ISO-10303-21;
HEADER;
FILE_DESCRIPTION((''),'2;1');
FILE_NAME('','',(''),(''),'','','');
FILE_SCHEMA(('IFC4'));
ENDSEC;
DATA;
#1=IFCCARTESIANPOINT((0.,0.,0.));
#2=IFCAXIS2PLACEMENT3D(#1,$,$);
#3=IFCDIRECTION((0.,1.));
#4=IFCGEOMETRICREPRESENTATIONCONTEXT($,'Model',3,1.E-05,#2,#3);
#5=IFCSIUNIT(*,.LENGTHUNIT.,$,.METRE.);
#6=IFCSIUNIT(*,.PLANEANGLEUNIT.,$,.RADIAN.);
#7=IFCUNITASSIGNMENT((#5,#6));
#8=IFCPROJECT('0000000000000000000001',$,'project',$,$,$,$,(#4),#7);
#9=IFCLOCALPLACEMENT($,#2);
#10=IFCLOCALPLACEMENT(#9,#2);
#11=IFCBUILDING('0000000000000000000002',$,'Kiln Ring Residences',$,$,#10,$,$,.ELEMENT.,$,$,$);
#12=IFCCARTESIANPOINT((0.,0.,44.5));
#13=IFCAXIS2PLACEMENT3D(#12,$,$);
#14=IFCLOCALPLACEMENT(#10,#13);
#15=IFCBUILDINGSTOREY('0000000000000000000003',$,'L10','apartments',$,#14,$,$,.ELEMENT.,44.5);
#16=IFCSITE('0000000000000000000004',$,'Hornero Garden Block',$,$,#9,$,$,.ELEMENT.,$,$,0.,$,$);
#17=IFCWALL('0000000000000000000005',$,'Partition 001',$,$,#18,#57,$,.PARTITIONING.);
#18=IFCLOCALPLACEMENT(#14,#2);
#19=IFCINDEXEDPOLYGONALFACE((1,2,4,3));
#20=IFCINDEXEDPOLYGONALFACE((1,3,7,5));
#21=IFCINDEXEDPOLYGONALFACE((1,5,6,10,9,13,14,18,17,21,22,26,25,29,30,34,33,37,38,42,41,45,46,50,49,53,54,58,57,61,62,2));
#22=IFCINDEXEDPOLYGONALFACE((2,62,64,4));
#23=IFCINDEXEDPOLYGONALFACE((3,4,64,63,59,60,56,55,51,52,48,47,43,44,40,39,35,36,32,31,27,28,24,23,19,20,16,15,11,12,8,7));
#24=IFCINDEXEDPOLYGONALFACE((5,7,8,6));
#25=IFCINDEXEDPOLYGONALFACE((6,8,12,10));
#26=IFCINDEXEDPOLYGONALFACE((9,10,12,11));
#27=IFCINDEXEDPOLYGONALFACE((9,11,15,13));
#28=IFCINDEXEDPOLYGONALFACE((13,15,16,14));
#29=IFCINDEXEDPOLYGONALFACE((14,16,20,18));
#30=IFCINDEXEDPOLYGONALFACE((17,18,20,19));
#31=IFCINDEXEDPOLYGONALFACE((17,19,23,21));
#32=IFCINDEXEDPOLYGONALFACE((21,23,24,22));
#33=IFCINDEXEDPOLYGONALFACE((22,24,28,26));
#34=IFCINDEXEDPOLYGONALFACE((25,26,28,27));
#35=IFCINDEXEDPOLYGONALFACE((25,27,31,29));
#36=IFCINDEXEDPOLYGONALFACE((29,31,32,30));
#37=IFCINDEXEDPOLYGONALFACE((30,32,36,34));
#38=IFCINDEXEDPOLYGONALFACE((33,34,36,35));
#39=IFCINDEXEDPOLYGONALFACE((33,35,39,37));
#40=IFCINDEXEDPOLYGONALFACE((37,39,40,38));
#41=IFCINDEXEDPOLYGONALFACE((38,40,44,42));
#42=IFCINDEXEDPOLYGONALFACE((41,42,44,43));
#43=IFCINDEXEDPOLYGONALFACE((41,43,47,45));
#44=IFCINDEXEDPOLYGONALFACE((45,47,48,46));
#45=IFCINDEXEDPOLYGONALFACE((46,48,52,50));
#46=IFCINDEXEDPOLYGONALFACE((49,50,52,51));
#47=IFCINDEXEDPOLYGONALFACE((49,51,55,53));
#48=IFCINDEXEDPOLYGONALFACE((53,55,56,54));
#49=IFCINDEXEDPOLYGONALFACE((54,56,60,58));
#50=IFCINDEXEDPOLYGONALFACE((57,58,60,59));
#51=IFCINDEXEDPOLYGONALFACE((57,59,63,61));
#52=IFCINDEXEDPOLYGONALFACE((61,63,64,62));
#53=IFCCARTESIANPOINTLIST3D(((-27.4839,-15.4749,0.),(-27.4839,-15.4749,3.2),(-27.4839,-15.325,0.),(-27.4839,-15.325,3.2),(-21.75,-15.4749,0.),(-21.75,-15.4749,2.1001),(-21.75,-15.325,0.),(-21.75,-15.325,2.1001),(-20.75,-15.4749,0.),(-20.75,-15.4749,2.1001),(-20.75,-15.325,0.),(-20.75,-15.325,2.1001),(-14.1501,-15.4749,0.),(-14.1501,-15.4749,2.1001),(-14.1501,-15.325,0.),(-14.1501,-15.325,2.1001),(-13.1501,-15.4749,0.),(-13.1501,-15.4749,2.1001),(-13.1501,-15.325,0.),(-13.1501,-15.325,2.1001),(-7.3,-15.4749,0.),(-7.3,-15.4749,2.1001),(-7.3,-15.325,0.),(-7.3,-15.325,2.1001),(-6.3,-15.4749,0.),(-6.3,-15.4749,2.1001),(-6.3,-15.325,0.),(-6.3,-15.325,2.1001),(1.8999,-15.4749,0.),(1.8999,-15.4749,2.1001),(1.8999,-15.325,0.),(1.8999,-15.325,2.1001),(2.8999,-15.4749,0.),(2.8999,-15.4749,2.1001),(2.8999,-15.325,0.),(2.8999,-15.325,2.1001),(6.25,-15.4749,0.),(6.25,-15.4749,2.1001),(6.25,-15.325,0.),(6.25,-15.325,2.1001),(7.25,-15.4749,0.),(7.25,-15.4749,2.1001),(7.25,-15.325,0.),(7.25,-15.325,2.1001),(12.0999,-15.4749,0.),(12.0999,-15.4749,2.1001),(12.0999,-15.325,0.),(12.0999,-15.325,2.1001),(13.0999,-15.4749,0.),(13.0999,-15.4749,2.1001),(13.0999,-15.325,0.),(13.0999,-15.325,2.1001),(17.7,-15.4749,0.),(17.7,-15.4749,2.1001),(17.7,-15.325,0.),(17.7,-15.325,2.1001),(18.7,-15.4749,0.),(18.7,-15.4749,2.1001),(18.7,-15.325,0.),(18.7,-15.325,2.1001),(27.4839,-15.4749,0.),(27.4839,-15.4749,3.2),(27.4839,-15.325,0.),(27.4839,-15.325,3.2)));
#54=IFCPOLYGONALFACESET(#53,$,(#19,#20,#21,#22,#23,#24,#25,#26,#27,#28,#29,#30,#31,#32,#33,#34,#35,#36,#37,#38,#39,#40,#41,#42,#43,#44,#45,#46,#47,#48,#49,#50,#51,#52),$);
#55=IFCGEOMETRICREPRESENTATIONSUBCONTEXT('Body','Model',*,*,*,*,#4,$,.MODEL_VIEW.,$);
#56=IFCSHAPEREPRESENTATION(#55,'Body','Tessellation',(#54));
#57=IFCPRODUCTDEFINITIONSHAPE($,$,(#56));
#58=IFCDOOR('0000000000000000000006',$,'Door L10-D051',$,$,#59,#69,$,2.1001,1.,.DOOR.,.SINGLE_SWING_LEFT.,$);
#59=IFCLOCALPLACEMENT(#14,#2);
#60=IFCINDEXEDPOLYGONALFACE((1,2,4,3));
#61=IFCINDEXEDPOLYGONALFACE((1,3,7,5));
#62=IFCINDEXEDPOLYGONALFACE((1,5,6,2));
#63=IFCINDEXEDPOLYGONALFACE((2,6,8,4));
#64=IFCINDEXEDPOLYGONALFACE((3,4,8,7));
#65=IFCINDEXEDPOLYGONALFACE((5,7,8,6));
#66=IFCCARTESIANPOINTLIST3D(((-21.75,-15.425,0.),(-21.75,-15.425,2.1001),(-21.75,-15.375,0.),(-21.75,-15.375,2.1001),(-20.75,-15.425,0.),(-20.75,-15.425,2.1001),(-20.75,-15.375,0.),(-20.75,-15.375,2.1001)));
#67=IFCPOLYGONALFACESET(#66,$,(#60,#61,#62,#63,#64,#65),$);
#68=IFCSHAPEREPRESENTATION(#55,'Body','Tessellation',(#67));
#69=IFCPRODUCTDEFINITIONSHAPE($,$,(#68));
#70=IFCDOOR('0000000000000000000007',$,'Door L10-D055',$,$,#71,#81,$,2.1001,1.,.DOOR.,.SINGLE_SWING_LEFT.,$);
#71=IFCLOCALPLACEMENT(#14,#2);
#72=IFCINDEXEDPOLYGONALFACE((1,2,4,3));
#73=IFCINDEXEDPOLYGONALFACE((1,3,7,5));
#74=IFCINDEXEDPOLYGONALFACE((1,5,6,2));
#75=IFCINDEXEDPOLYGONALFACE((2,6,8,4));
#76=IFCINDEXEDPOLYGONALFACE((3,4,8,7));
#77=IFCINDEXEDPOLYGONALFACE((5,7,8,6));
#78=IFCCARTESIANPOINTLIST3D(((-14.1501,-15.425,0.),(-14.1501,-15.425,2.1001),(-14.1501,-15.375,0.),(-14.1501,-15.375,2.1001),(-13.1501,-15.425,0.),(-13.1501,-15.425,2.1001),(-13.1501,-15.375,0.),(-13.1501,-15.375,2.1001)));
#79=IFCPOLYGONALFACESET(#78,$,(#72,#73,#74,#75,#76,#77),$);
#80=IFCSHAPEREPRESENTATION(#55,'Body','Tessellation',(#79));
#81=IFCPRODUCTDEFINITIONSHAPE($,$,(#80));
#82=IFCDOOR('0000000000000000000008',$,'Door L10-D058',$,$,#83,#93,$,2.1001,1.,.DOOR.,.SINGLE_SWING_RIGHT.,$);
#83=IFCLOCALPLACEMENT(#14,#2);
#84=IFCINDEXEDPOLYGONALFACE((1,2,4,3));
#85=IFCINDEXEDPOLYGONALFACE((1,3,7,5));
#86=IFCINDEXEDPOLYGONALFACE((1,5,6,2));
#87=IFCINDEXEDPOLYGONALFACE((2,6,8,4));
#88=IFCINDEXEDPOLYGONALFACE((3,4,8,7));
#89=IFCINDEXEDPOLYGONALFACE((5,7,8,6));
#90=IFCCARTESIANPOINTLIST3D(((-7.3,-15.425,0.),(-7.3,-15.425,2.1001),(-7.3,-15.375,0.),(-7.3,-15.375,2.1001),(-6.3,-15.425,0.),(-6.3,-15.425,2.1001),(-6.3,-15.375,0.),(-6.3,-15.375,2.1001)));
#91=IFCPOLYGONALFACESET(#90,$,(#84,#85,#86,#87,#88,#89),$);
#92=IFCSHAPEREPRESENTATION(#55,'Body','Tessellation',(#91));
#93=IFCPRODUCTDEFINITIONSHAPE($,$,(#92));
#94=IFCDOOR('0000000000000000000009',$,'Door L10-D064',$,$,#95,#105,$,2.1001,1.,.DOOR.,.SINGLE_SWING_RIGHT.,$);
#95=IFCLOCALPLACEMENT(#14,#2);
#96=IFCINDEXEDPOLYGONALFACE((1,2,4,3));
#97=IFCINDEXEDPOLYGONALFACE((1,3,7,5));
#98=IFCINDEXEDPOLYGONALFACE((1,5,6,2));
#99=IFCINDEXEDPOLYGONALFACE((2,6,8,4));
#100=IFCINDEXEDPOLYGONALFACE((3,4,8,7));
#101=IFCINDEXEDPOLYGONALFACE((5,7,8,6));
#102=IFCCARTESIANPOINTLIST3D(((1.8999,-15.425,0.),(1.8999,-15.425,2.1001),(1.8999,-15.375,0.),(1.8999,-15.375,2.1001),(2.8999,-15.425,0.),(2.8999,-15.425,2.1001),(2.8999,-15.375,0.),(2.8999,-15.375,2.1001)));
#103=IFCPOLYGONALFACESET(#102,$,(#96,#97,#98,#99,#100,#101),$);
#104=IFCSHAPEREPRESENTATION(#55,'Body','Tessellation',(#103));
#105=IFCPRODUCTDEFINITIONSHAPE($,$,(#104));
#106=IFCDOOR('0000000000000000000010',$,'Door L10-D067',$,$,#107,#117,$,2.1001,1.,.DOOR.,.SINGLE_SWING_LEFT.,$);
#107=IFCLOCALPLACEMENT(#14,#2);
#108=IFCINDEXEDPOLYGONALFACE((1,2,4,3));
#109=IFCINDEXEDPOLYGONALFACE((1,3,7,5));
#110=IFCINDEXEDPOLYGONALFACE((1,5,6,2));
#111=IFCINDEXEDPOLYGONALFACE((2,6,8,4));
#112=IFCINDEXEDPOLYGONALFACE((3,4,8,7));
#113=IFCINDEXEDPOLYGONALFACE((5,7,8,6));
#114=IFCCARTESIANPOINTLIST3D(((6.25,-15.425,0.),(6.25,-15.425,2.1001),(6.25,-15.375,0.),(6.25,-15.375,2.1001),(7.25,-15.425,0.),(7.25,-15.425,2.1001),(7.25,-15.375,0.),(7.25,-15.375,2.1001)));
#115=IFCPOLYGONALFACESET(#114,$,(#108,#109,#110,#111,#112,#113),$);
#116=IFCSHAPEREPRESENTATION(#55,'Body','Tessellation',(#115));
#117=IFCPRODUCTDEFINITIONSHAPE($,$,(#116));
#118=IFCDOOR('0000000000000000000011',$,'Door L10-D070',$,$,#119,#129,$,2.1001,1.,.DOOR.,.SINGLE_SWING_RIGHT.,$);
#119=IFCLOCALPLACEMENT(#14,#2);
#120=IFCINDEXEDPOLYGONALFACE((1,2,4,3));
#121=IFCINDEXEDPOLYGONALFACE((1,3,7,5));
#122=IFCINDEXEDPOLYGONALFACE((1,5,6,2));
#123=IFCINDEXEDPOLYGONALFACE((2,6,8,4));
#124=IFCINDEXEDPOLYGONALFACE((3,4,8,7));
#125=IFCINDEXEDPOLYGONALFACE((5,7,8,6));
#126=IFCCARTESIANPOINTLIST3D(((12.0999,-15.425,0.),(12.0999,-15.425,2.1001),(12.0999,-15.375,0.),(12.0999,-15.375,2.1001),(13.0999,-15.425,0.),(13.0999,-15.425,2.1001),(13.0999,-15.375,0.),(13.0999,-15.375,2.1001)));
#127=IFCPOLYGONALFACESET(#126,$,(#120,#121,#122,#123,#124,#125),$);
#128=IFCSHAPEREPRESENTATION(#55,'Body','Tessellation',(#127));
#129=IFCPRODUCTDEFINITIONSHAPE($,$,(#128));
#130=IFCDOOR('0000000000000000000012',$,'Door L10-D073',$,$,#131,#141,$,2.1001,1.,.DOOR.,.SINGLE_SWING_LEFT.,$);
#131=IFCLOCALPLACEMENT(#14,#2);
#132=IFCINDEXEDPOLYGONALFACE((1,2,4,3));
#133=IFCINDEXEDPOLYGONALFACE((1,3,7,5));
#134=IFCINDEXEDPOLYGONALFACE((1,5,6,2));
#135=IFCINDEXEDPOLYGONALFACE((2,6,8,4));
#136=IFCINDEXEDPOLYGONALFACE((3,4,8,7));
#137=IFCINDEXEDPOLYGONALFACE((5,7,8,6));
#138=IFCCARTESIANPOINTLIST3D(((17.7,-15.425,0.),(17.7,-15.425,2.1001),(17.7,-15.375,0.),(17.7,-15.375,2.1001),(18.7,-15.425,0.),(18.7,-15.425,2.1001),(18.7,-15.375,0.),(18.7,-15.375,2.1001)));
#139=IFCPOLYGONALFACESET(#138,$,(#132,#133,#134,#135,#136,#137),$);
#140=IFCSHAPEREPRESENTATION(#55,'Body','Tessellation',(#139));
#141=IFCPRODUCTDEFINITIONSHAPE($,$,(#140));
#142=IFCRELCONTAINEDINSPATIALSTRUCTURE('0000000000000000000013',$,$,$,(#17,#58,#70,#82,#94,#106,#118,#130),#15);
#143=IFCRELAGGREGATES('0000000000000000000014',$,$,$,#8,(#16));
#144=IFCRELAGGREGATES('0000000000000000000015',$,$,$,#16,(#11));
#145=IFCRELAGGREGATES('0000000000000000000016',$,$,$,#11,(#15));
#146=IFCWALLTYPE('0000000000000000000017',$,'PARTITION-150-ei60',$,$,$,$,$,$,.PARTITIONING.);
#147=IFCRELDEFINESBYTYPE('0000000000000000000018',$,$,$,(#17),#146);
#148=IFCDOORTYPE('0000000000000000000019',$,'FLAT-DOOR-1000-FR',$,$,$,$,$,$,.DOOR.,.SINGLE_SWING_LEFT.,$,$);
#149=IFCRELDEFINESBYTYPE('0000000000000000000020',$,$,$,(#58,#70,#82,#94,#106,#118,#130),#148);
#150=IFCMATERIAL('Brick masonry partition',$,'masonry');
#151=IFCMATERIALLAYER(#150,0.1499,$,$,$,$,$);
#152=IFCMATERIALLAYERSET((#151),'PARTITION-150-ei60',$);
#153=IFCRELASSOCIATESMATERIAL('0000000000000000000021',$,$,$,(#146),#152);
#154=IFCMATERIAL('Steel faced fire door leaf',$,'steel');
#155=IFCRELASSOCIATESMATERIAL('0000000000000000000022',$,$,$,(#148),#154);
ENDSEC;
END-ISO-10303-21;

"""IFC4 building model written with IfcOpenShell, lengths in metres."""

from ifc_helpers import new_model, si_unit, direction, frame, frame_2d, origin, place, context, subcontext, project, spatial, rectangle, extrude, material, layer, layer_set, type_object, element, fill, save


model = new_model("IFC4")

# Units and contexts
model_context = context("Model", 3, precision=1e-05, world=origin(), true_north=direction((0.0, 1.0)))
body_context = subcontext(model_context, "Body", "Model", "MODEL_VIEW")
ifc_project = project(units=[si_unit("LENGTHUNIT", "METRE"), si_unit("PLANEANGLEUNIT", "RADIAN")], contexts=[model_context])

# Site, building, storey
site_placement = place(None, origin())
site = spatial("IfcSite", under=ifc_project, at=site_placement, Name="Hornero Garden Block", CompositionType="ELEMENT", RefElevation=0.0)
building_placement = place(site_placement, origin())
building = spatial("IfcBuilding", under=site, at=building_placement, Name="Kiln Ring Residences", CompositionType="ELEMENT")
storey_placement = place(building_placement, frame((0.0, 0.0, 44.5)))
storey = spatial("IfcBuildingStorey", under=building, at=storey_placement, Name="L10", Description="apartments", CompositionType="ELEMENT", Elevation=44.5)

# Wall, openings, doors
ifc_material_1 = material(Name="Brick masonry partition", Category="masonry")
ifc_layer_1 = layer(ifc_material_1, 0.1499)
ifc_layer_set_1 = layer_set([ifc_layer_1], Name="PARTITION-150-ei60")
wall_type_1 = type_object("IfcWallType", Name="PARTITION-150-ei60", PredefinedType="PARTITIONING", material=ifc_layer_set_1)
wall_1_placement = place(storey_placement, frame((-27.4839, -15.3999, 0.0), z_axis=(0.0, 0.0, 1.0), x_axis=(1.0, 0.0, 0.0)))
wall_1 = element("IfcWall", 1, at=wall_1_placement, inside=storey, type_object=wall_type_1, Name="Partition 001", PredefinedType="PARTITIONING", context=body_context, shape_type="SweptSolid", body=[
    extrude(rectangle(XDim=54.9678, YDim=0.1499, at=frame_2d((27.4839, 0.0))), origin(), (0.0, 0.0, 1.0), 3.2),
])
opening_1_placement = place(wall_1_placement, frame((5.7339, 0.0, 0.0)))
opening_1 = element("IfcOpeningElement", 2, at=opening_1_placement, cuts=wall_1, PredefinedType="OPENING", context=body_context, shape_type="SweptSolid", body=[
    extrude(rectangle(XDim=1.0, YDim=2.1001, at=frame_2d((0.5, 1.05))), frame((0.0, 0.085, 0.0), z_axis=(0.0, -1.0, 0.0), x_axis=(1.0, 0.0, 0.0)), (0.0, 0.0, 1.0), 0.1699),
])
opening_2_placement = place(wall_1_placement, frame((13.3337, 0.0, 0.0)))
opening_2 = element("IfcOpeningElement", 3, at=opening_2_placement, cuts=wall_1, PredefinedType="OPENING", context=body_context, shape_type="SweptSolid", body=[
    extrude(rectangle(XDim=1.0, YDim=2.1001, at=frame_2d((0.5, 1.05))), frame((0.0, 0.085, 0.0), z_axis=(0.0, -1.0, 0.0), x_axis=(1.0, 0.0, 0.0)), (0.0, 0.0, 1.0), 0.1699),
])
opening_3_placement = place(wall_1_placement, frame((20.1838, 0.0, 0.0)))
opening_3 = element("IfcOpeningElement", 4, at=opening_3_placement, cuts=wall_1, PredefinedType="OPENING", context=body_context, shape_type="SweptSolid", body=[
    extrude(rectangle(XDim=1.0, YDim=2.1001, at=frame_2d((0.5, 1.05))), frame((0.0, 0.085, 0.0), z_axis=(0.0, -1.0, 0.0), x_axis=(1.0, 0.0, 0.0)), (0.0, 0.0, 1.0), 0.1699),
])
opening_4_placement = place(wall_1_placement, frame((29.3838, 0.0, 0.0)))
opening_4 = element("IfcOpeningElement", 5, at=opening_4_placement, cuts=wall_1, PredefinedType="OPENING", context=body_context, shape_type="SweptSolid", body=[
    extrude(rectangle(XDim=1.0, YDim=2.1001, at=frame_2d((0.5, 1.05))), frame((0.0, 0.085, 0.0), z_axis=(0.0, -1.0, 0.0), x_axis=(1.0, 0.0, 0.0)), (0.0, 0.0, 1.0), 0.1699),
])
opening_5_placement = place(wall_1_placement, frame((33.7339, 0.0, 0.0)))
opening_5 = element("IfcOpeningElement", 6, at=opening_5_placement, cuts=wall_1, PredefinedType="OPENING", context=body_context, shape_type="SweptSolid", body=[
    extrude(rectangle(XDim=1.0, YDim=2.1001, at=frame_2d((0.5, 1.05))), frame((0.0, 0.085, 0.0), z_axis=(0.0, -1.0, 0.0), x_axis=(1.0, 0.0, 0.0)), (0.0, 0.0, 1.0), 0.1699),
])
opening_6_placement = place(wall_1_placement, frame((39.5837, 0.0, 0.0)))
opening_6 = element("IfcOpeningElement", 7, at=opening_6_placement, cuts=wall_1, PredefinedType="OPENING", context=body_context, shape_type="SweptSolid", body=[
    extrude(rectangle(XDim=1.0, YDim=2.1001, at=frame_2d((0.5, 1.05))), frame((0.0, 0.085, 0.0), z_axis=(0.0, -1.0, 0.0), x_axis=(1.0, 0.0, 0.0)), (0.0, 0.0, 1.0), 0.1699),
])
opening_7_placement = place(wall_1_placement, frame((45.1838, 0.0, 0.0)))
opening_7 = element("IfcOpeningElement", 8, at=opening_7_placement, cuts=wall_1, PredefinedType="OPENING", context=body_context, shape_type="SweptSolid", body=[
    extrude(rectangle(XDim=1.0, YDim=2.1001, at=frame_2d((0.5, 1.05))), frame((0.0, 0.085, 0.0), z_axis=(0.0, -1.0, 0.0), x_axis=(1.0, 0.0, 0.0)), (0.0, 0.0, 1.0), 0.1699),
])
ifc_material_2 = material(Name="Steel faced fire door leaf", Category="steel")
door_type_1 = type_object("IfcDoorType", Name="FLAT-DOOR-1000-FR", OperationType="SINGLE_SWING_LEFT", PredefinedType="DOOR", material=ifc_material_2)
door_1_placement = place(opening_1_placement, origin())
door_1 = element("IfcDoor", 9, at=door_1_placement, inside=storey, type_object=door_type_1, Name="Door L10-D051", OperationType="SINGLE_SWING_LEFT", OverallHeight=2.1001, OverallWidth=1.0, PredefinedType="DOOR", context=body_context, shape_type="SweptSolid", body=[
    extrude(rectangle(XDim=1.0, YDim=2.1001, at=frame_2d((0.5, 1.05))), frame((0.0, 0.0249, 0.0), z_axis=(0.0, -1.0, 0.0), x_axis=(1.0, 0.0, 0.0)), (0.0, 0.0, 1.0), 0.05),
])
fill(opening_1, door_1)
door_2_placement = place(opening_2_placement, origin())
door_2 = element("IfcDoor", 10, at=door_2_placement, inside=storey, type_object=door_type_1, Name="Door L10-D055", OperationType="SINGLE_SWING_LEFT", OverallHeight=2.1001, OverallWidth=1.0, PredefinedType="DOOR", context=body_context, shape_type="SweptSolid", body=[
    extrude(rectangle(XDim=1.0, YDim=2.1001, at=frame_2d((0.5, 1.05))), frame((0.0, 0.0249, 0.0), z_axis=(0.0, -1.0, 0.0), x_axis=(1.0, 0.0, 0.0)), (0.0, 0.0, 1.0), 0.05),
])
fill(opening_2, door_2)
door_3_placement = place(opening_3_placement, origin())
door_3 = element("IfcDoor", 11, at=door_3_placement, inside=storey, type_object=door_type_1, Name="Door L10-D058", OperationType="SINGLE_SWING_RIGHT", OverallHeight=2.1001, OverallWidth=1.0, PredefinedType="DOOR", context=body_context, shape_type="SweptSolid", body=[
    extrude(rectangle(XDim=1.0, YDim=2.1001, at=frame_2d((0.5, 1.05))), frame((0.0, 0.0249, 0.0), z_axis=(0.0, -1.0, 0.0), x_axis=(1.0, 0.0, 0.0)), (0.0, 0.0, 1.0), 0.05),
])
fill(opening_3, door_3)
door_4_placement = place(opening_4_placement, origin())
door_4 = element("IfcDoor", 12, at=door_4_placement, inside=storey, type_object=door_type_1, Name="Door L10-D064", OperationType="SINGLE_SWING_RIGHT", OverallHeight=2.1001, OverallWidth=1.0, PredefinedType="DOOR", context=body_context, shape_type="SweptSolid", body=[
    extrude(rectangle(XDim=1.0, YDim=2.1001, at=frame_2d((0.5, 1.05))), frame((0.0, 0.0249, 0.0), z_axis=(0.0, -1.0, 0.0), x_axis=(1.0, 0.0, 0.0)), (0.0, 0.0, 1.0), 0.05),
])
fill(opening_4, door_4)
door_5_placement = place(opening_5_placement, origin())
door_5 = element("IfcDoor", 13, at=door_5_placement, inside=storey, type_object=door_type_1, Name="Door L10-D067", OperationType="SINGLE_SWING_LEFT", OverallHeight=2.1001, OverallWidth=1.0, PredefinedType="DOOR", context=body_context, shape_type="SweptSolid", body=[
    extrude(rectangle(XDim=1.0, YDim=2.1001, at=frame_2d((0.5, 1.05))), frame((0.0, 0.0249, 0.0), z_axis=(0.0, -1.0, 0.0), x_axis=(1.0, 0.0, 0.0)), (0.0, 0.0, 1.0), 0.05),
])
fill(opening_5, door_5)
door_6_placement = place(opening_6_placement, origin())
door_6 = element("IfcDoor", 14, at=door_6_placement, inside=storey, type_object=door_type_1, Name="Door L10-D070", OperationType="SINGLE_SWING_RIGHT", OverallHeight=2.1001, OverallWidth=1.0, PredefinedType="DOOR", context=body_context, shape_type="SweptSolid", body=[
    extrude(rectangle(XDim=1.0, YDim=2.1001, at=frame_2d((0.5, 1.05))), frame((0.0, 0.0249, 0.0), z_axis=(0.0, -1.0, 0.0), x_axis=(1.0, 0.0, 0.0)), (0.0, 0.0, 1.0), 0.05),
])
fill(opening_6, door_6)
door_7_placement = place(opening_7_placement, origin())
door_7 = element("IfcDoor", 15, at=door_7_placement, inside=storey, type_object=door_type_1, Name="Door L10-D073", OperationType="SINGLE_SWING_LEFT", OverallHeight=2.1001, OverallWidth=1.0, PredefinedType="DOOR", context=body_context, shape_type="SweptSolid", body=[
    extrude(rectangle(XDim=1.0, YDim=2.1001, at=frame_2d((0.5, 1.05))), frame((0.0, 0.0249, 0.0), z_axis=(0.0, -1.0, 0.0), x_axis=(1.0, 0.0, 0.0)), (0.0, 0.0, 1.0), 0.05),
])
fill(opening_7, door_7)

save(model, "model.ifc")
